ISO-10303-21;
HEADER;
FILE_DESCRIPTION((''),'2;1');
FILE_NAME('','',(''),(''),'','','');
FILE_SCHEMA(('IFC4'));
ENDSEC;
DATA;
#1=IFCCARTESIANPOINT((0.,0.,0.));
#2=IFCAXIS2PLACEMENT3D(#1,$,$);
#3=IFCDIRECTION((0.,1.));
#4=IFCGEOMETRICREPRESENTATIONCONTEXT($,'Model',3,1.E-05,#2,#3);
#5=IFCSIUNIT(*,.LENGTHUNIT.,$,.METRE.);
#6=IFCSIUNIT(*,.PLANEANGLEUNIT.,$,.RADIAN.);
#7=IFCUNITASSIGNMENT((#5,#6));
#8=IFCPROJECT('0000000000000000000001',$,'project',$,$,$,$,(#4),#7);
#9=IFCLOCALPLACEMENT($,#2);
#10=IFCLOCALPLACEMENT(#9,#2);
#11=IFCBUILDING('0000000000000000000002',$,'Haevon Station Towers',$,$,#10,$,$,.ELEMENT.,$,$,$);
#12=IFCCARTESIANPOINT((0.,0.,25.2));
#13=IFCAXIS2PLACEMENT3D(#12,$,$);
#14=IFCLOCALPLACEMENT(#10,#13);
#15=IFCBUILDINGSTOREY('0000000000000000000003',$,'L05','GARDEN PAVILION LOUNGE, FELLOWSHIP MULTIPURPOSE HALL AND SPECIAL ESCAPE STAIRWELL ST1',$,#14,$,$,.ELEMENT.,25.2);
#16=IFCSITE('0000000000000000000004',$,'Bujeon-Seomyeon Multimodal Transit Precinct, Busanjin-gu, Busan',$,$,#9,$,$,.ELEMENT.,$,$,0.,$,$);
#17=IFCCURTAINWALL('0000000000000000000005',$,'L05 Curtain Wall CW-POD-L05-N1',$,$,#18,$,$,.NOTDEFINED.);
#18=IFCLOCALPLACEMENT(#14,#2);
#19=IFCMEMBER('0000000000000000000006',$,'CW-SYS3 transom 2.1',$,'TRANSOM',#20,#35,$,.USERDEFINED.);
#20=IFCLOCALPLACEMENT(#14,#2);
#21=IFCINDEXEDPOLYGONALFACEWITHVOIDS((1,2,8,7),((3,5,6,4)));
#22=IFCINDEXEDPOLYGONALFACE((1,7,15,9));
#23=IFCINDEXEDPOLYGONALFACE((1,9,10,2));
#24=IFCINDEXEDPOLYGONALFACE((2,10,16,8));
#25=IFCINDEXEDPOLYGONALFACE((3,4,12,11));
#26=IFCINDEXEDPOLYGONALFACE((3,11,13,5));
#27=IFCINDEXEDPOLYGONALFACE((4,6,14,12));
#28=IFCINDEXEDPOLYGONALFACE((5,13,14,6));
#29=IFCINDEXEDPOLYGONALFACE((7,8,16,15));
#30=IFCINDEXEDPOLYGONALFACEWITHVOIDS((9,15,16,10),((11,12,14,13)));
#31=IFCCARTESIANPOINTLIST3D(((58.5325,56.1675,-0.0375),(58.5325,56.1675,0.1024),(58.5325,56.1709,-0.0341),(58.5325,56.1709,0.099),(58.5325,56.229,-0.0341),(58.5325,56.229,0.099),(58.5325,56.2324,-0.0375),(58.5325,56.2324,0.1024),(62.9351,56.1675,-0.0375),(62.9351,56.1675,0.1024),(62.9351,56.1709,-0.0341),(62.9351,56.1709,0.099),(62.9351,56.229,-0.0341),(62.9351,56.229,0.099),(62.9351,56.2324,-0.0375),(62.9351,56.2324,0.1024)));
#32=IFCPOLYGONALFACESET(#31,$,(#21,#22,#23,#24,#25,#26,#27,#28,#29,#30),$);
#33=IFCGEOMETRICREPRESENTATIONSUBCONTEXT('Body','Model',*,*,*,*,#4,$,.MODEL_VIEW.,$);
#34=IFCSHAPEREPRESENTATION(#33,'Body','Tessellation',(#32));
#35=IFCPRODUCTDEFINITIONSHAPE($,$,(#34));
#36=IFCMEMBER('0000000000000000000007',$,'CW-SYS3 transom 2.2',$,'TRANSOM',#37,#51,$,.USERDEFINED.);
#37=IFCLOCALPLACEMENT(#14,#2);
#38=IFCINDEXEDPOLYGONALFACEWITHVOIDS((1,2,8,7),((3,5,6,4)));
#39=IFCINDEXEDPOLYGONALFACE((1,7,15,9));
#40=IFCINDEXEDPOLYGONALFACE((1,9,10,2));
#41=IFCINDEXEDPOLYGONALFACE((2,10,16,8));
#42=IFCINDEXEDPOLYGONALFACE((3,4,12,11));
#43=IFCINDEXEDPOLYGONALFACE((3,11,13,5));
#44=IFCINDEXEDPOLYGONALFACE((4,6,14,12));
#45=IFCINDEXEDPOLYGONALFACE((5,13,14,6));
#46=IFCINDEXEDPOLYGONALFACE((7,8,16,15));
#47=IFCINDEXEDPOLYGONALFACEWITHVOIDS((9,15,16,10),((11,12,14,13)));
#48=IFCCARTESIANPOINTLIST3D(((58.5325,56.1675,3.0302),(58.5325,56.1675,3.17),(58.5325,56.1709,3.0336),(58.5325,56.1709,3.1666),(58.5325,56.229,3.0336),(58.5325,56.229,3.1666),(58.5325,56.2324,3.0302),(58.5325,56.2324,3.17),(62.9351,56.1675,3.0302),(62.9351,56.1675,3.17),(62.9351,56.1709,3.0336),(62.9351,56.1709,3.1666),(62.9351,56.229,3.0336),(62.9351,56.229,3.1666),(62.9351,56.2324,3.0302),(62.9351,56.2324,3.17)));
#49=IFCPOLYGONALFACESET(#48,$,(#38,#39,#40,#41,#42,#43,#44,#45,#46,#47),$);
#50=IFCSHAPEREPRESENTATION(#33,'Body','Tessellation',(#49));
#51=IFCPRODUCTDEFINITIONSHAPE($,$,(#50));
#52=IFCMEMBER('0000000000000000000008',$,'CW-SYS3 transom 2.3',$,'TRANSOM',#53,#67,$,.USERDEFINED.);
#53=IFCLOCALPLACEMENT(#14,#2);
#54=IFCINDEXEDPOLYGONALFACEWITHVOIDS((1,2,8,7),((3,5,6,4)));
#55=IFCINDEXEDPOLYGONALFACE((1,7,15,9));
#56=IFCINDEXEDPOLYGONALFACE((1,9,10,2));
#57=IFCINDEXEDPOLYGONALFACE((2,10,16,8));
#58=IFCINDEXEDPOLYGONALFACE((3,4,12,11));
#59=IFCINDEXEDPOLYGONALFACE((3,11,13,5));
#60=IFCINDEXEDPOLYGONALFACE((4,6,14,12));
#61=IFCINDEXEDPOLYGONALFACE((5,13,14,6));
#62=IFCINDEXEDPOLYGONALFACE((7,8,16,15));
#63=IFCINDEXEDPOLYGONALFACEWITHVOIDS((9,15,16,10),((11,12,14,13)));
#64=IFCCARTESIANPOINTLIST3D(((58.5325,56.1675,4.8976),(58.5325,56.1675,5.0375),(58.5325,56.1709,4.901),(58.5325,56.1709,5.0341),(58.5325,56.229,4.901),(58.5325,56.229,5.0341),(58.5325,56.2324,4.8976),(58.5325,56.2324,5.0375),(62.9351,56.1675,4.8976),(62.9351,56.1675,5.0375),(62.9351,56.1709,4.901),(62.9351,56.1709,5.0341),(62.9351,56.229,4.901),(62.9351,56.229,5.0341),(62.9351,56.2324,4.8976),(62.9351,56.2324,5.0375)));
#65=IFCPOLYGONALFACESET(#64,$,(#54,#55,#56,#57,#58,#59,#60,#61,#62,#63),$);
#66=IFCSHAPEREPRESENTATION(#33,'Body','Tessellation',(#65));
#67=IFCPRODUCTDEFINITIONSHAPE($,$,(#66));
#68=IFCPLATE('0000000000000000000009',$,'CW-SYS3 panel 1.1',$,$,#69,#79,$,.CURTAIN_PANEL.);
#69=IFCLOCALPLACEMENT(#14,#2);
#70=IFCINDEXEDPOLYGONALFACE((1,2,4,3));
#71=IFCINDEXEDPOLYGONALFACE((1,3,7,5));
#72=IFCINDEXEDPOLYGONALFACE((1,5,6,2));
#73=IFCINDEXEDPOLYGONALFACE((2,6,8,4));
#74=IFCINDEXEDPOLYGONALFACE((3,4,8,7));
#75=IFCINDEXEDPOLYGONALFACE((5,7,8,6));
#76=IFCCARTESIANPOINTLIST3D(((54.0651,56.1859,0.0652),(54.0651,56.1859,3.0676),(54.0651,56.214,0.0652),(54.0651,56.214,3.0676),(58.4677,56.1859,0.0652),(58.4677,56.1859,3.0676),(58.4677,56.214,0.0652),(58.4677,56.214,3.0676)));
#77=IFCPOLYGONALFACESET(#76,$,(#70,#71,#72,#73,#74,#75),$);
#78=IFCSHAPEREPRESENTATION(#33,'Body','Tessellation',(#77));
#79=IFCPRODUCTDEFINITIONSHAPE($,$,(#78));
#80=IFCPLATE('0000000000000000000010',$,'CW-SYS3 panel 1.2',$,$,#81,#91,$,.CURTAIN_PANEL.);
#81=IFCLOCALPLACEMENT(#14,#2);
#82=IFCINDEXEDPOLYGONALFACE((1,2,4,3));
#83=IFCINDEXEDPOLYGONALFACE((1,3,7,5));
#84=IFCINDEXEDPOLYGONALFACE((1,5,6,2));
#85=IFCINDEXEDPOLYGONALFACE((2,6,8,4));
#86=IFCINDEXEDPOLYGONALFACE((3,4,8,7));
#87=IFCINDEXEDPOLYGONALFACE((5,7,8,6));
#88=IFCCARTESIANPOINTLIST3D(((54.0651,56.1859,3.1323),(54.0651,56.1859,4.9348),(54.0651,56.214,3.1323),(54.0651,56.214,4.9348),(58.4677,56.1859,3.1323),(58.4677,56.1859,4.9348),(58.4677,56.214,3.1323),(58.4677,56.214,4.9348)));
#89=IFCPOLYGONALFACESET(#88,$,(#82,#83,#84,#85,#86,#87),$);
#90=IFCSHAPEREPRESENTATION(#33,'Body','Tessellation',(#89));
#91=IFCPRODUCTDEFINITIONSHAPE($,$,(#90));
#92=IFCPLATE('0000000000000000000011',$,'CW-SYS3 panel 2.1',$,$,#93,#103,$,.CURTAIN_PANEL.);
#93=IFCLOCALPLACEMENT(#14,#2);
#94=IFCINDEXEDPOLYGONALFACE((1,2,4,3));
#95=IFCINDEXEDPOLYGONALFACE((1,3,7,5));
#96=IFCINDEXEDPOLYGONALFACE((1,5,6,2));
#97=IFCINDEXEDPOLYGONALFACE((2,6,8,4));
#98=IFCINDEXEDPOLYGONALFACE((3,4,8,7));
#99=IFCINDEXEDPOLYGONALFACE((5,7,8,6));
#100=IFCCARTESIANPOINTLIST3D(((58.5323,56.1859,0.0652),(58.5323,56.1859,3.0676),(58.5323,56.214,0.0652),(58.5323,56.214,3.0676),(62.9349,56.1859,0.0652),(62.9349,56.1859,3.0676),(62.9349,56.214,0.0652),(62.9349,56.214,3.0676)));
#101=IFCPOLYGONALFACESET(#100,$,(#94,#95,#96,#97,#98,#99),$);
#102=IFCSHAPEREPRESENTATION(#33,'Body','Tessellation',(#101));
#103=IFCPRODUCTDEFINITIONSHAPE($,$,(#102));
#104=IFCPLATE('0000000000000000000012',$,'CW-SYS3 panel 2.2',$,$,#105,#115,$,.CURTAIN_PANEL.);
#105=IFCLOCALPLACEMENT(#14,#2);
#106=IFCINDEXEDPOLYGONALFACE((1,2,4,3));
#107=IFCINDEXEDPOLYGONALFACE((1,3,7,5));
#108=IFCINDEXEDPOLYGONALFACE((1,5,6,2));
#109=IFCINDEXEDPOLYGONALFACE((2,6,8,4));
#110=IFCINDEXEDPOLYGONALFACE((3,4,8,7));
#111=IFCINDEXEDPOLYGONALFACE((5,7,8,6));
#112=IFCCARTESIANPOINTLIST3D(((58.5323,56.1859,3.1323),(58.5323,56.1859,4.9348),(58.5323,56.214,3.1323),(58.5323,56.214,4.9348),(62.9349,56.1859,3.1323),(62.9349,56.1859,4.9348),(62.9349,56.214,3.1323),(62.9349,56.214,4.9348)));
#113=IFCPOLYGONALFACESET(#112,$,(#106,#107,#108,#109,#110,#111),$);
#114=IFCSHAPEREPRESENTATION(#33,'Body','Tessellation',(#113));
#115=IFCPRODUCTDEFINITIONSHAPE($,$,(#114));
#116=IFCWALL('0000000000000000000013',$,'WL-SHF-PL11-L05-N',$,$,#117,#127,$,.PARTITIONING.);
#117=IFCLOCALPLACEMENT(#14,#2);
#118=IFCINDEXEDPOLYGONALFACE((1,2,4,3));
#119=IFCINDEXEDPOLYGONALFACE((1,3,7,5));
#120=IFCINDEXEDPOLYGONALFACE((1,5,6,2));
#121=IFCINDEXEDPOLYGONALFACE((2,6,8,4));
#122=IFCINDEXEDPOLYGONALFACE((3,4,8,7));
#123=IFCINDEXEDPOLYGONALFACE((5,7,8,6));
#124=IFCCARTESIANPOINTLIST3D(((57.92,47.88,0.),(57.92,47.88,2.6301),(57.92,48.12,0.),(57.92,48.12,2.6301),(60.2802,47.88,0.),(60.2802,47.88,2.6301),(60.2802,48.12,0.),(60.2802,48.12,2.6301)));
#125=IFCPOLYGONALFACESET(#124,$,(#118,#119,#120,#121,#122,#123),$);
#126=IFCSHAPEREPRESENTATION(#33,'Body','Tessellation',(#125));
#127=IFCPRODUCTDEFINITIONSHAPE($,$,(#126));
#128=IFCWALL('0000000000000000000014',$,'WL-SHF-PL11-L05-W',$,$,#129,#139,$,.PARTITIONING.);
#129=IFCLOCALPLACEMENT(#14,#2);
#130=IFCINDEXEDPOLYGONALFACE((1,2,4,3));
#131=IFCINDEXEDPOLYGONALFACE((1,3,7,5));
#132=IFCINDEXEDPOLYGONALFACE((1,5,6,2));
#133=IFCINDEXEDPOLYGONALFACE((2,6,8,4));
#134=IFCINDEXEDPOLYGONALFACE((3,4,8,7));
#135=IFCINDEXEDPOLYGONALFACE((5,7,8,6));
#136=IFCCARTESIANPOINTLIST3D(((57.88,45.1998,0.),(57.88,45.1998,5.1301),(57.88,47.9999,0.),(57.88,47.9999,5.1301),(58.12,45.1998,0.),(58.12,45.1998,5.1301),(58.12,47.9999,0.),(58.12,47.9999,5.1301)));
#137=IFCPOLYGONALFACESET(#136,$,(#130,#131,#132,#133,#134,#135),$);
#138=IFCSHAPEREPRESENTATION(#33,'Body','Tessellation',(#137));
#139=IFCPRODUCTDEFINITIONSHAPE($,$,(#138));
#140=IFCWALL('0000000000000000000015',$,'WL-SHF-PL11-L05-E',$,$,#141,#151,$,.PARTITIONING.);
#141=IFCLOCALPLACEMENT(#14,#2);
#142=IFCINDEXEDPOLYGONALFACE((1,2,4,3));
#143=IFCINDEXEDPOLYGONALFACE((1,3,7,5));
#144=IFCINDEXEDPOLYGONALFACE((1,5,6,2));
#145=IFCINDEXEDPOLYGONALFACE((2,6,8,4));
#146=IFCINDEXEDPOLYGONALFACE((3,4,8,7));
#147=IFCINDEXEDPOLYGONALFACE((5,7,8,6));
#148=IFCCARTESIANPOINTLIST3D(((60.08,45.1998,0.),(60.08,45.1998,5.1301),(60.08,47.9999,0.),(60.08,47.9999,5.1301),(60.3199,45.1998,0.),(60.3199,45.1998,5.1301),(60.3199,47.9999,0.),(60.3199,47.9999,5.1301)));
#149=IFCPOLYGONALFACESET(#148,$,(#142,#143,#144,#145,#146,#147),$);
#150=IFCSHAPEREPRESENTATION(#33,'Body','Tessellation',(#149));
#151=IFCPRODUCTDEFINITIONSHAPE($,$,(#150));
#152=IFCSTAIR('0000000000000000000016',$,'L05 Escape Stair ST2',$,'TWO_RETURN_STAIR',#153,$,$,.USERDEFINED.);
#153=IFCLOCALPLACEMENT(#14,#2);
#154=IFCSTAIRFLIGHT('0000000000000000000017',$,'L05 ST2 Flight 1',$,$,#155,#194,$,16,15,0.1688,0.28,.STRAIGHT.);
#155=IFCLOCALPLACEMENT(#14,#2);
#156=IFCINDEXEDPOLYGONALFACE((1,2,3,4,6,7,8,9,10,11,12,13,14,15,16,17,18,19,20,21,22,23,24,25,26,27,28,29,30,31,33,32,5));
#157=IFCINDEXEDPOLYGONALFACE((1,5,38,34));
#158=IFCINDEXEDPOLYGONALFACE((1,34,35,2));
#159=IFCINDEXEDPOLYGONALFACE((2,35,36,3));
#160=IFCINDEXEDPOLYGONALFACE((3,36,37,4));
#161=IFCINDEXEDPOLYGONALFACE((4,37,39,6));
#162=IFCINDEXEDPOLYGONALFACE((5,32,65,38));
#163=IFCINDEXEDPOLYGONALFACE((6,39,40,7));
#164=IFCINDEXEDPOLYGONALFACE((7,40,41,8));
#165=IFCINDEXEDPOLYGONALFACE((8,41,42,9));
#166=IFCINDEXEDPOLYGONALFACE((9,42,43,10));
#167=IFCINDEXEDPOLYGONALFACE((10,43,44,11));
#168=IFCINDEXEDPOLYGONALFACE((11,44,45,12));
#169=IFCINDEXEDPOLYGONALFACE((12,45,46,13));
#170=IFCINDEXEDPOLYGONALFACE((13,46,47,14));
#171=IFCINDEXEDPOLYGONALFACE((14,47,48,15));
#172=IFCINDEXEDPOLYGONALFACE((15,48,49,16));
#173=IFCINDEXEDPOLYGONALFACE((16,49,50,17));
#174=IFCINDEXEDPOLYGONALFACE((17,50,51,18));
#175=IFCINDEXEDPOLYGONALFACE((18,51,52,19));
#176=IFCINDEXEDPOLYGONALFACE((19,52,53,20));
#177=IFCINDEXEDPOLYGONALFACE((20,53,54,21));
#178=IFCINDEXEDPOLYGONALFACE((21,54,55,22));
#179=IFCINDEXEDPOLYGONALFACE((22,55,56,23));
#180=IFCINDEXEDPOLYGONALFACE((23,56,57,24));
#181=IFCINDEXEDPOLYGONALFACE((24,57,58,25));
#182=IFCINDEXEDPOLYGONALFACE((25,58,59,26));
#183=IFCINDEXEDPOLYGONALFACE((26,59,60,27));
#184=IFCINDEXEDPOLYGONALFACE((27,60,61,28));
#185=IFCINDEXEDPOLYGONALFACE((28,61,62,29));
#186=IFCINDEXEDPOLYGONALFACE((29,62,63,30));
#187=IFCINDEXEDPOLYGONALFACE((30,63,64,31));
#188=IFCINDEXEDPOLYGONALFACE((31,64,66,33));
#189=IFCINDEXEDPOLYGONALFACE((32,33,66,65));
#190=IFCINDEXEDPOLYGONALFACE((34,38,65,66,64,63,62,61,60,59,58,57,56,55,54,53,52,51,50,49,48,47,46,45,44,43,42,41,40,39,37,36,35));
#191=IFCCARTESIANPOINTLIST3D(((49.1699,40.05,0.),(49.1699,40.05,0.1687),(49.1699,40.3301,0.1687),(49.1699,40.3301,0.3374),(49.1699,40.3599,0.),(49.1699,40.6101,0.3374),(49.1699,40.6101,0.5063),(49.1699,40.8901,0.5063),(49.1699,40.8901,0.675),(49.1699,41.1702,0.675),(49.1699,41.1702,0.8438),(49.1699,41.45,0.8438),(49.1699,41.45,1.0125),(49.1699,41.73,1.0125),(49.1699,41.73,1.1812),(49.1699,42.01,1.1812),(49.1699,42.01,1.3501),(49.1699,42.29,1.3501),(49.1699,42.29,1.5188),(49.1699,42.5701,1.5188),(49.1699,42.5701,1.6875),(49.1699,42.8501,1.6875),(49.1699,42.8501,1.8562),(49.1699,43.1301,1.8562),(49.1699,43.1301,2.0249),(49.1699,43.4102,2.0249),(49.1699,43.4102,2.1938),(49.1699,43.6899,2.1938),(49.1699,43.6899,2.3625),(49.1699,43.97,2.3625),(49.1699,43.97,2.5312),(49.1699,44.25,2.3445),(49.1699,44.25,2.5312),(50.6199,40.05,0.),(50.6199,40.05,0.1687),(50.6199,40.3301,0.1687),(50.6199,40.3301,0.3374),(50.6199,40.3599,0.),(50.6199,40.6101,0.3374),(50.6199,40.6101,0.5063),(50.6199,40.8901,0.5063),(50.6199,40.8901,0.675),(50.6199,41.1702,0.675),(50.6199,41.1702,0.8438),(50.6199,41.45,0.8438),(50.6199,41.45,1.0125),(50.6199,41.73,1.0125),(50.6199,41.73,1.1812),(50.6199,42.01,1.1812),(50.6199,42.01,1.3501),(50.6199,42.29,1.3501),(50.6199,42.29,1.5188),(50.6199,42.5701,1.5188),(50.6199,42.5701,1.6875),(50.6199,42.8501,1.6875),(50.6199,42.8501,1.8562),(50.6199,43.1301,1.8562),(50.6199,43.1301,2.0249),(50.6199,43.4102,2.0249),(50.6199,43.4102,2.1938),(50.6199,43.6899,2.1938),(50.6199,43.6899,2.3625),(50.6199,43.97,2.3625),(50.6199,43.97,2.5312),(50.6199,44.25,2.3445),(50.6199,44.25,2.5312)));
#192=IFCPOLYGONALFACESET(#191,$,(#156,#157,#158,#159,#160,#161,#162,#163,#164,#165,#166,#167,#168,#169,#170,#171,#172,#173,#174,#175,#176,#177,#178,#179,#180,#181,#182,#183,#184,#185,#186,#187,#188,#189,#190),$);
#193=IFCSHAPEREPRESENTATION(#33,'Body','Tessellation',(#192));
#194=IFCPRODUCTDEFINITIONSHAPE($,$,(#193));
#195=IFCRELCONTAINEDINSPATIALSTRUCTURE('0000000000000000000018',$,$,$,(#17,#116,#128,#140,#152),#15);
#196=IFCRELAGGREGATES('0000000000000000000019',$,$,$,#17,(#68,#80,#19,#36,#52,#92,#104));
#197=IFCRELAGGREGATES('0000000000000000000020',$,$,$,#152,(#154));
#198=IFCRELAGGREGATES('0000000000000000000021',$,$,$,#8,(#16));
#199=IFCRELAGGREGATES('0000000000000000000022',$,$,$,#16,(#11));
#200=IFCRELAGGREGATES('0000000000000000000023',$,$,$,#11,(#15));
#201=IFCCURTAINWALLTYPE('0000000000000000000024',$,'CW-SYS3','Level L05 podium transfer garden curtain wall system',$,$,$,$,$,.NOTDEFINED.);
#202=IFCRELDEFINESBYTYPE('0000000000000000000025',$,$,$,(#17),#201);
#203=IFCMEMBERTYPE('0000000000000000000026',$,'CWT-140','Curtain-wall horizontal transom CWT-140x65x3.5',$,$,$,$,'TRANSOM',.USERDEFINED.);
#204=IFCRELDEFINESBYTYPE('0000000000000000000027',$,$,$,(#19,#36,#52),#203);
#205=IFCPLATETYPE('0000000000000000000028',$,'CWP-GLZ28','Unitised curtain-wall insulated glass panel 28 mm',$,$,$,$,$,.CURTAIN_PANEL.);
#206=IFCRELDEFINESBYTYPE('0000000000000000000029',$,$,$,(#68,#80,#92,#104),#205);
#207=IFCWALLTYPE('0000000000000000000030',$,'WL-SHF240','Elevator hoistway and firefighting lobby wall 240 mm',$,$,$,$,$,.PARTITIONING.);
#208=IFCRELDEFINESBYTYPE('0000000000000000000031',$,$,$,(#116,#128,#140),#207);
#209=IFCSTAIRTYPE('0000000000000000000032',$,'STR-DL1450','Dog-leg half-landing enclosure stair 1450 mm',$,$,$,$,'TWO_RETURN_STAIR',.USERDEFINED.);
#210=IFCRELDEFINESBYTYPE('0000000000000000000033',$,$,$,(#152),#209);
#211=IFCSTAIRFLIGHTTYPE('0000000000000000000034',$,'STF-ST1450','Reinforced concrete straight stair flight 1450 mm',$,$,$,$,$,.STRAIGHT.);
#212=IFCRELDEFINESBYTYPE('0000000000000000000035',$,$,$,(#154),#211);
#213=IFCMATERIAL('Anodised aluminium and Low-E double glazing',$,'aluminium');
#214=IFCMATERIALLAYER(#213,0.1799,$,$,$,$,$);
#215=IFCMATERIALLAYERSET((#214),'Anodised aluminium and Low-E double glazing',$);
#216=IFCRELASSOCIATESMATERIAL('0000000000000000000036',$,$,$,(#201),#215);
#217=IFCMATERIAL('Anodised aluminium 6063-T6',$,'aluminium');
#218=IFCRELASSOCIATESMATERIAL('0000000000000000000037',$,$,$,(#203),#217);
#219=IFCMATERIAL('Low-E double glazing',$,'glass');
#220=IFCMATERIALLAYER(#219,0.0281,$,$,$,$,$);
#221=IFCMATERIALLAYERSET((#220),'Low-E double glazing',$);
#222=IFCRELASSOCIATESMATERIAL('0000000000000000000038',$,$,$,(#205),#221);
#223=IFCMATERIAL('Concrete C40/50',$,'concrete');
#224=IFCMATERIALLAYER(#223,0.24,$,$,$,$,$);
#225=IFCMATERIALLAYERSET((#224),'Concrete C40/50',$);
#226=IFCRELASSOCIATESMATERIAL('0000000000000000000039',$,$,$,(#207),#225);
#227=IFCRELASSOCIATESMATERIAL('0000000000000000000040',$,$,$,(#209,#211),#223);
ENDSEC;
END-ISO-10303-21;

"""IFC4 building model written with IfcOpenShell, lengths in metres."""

from ifc_helpers import new_model, si_unit, direction, frame, frame_2d, origin, origin_2d, place, context, subcontext, project, spatial, polyline, rectangle, hollow_rectangle, outline, extrude, material, layer, layer_set, material_profile, profile_set, type_object, element, aggregate, save


model = new_model("IFC4")

# Units and contexts
model_context = context("Model", 3, precision=1e-05, world=origin(), true_north=direction((0.0, 1.0)))
body_context = subcontext(model_context, "Body", "Model", "MODEL_VIEW")
ifc_project = project(units=[si_unit("LENGTHUNIT", "METRE"), si_unit("PLANEANGLEUNIT", "RADIAN")], contexts=[model_context])

# Site, building, storey
site_placement = place(None, origin())
site = spatial("IfcSite", under=ifc_project, at=site_placement, Name="Bujeon-Seomyeon Multimodal Transit Precinct, Busanjin-gu, Busan", CompositionType="ELEMENT", RefElevation=0.0)
building_placement = place(site_placement, origin())
building = spatial("IfcBuilding", under=site, at=building_placement, Name="Haevon Station Towers", CompositionType="ELEMENT")
storey_placement = place(building_placement, frame((0.0, 0.0, 25.2)))
storey = spatial("IfcBuildingStorey", under=building, at=storey_placement, Name="L05", Description="GARDEN PAVILION LOUNGE, FELLOWSHIP MULTIPURPOSE HALL AND SPECIAL ESCAPE STAIRWELL ST1", CompositionType="ELEMENT", Elevation=25.2)

# Curtain wall, members, plates
ifc_material_1 = material(Name="Anodised aluminium and Low-E double glazing", Category="aluminium")
ifc_layer_1 = layer(ifc_material_1, 0.1799)
ifc_layer_set_1 = layer_set([ifc_layer_1], Name="Anodised aluminium and Low-E double glazing")
curtain_wall_type = type_object("IfcCurtainWallType", Name="CW-SYS3", Description="Level L05 podium transfer garden curtain wall system", PredefinedType="NOTDEFINED", material=ifc_layer_set_1)
curtain_wall_placement = place(storey_placement, origin())
curtain_wall = element("IfcCurtainWall", 1, at=curtain_wall_placement, inside=storey, type_object=curtain_wall_type, Name="L05 Curtain Wall CW-POD-L05-N1", PredefinedType="NOTDEFINED")
ifc_material_2 = material(Name="Anodised aluminium 6063-T6", Category="aluminium")
ifc_material_profile_1 = material_profile(ifc_material_2, hollow_rectangle(XDim=0.0649, YDim=0.1399, WallThickness=0.0034, at=origin_2d()), Name="CWT-140x65x3.5")
ifc_profile_set_1 = profile_set([ifc_material_profile_1], Name="Anodised aluminium 6063-T6")
member_type_1 = type_object("IfcMemberType", Name="CWT-140", Description="Curtain-wall horizontal transom CWT-140x65x3.5", ElementType="TRANSOM", PredefinedType="USERDEFINED", material=ifc_profile_set_1)
member_1_placement = place(storey_placement, frame((58.5325, 56.2, 0.0325), z_axis=(1.0, 0.0, 0.0), x_axis=(0.0, 1.0, 0.0)))
member_1 = element("IfcMember", 2, at=member_1_placement, type_object=member_type_1, Name="CW-SYS3 transom 2.1", ObjectType="TRANSOM", PredefinedType="USERDEFINED", context=body_context, shape_type="SweptSolid", body=[
    extrude(hollow_rectangle(XDim=0.0649, YDim=0.1399, WallThickness=0.0034, at=origin_2d()), origin(), (0.0, 0.0, 1.0), 4.4026),
])
member_2_placement = place(storey_placement, frame((58.5325, 56.2, 3.1001), z_axis=(1.0, 0.0, 0.0), x_axis=(0.0, 1.0, 0.0)))
member_2 = element("IfcMember", 3, at=member_2_placement, type_object=member_type_1, Name="CW-SYS3 transom 2.2", ObjectType="TRANSOM", PredefinedType="USERDEFINED", context=body_context, shape_type="SweptSolid", body=[
    extrude(hollow_rectangle(XDim=0.0649, YDim=0.1399, WallThickness=0.0034, at=origin_2d()), origin(), (0.0, 0.0, 1.0), 4.4026),
])
member_3_placement = place(storey_placement, frame((58.5325, 56.2, 4.9675), z_axis=(1.0, 0.0, 0.0), x_axis=(0.0, 1.0, 0.0)))
member_3 = element("IfcMember", 4, at=member_3_placement, type_object=member_type_1, Name="CW-SYS3 transom 2.3", ObjectType="TRANSOM", PredefinedType="USERDEFINED", context=body_context, shape_type="SweptSolid", body=[
    extrude(hollow_rectangle(XDim=0.0649, YDim=0.1399, WallThickness=0.0034, at=origin_2d()), origin(), (0.0, 0.0, 1.0), 4.4026),
])
ifc_material_3 = material(Name="Low-E double glazing", Category="glass")
ifc_layer_2 = layer(ifc_material_3, 0.0281)
ifc_layer_set_2 = layer_set([ifc_layer_2], Name="Low-E double glazing")
plate_type = type_object("IfcPlateType", Name="CWP-GLZ28", Description="Unitised curtain-wall insulated glass panel 28 mm", PredefinedType="CURTAIN_PANEL", material=ifc_layer_set_2)
plate_1_placement = place(storey_placement, frame((56.2664, 56.2, 0.0652), z_axis=(0.0, 0.0, 1.0), x_axis=(1.0, 0.0, 0.0)))
plate_1 = element("IfcPlate", 5, at=plate_1_placement, type_object=plate_type, Name="CW-SYS3 panel 1.1", PredefinedType="CURTAIN_PANEL", context=body_context, shape_type="SweptSolid", body=[
    extrude(rectangle(XDim=4.4026, YDim=0.0281, at=origin_2d()), origin(), (0.0, 0.0, 1.0), 3.0024),
])
plate_2_placement = place(storey_placement, frame((56.2664, 56.2, 3.1323), z_axis=(0.0, 0.0, 1.0), x_axis=(1.0, 0.0, 0.0)))
plate_2 = element("IfcPlate", 6, at=plate_2_placement, type_object=plate_type, Name="CW-SYS3 panel 1.2", PredefinedType="CURTAIN_PANEL", context=body_context, shape_type="SweptSolid", body=[
    extrude(rectangle(XDim=4.4026, YDim=0.0281, at=origin_2d()), origin(), (0.0, 0.0, 1.0), 1.8025),
])
plate_3_placement = place(storey_placement, frame((60.7336, 56.2, 0.0652), z_axis=(0.0, 0.0, 1.0), x_axis=(1.0, 0.0, 0.0)))
plate_3 = element("IfcPlate", 7, at=plate_3_placement, type_object=plate_type, Name="CW-SYS3 panel 2.1", PredefinedType="CURTAIN_PANEL", context=body_context, shape_type="SweptSolid", body=[
    extrude(rectangle(XDim=4.4026, YDim=0.0281, at=origin_2d()), origin(), (0.0, 0.0, 1.0), 3.0024),
])
plate_4_placement = place(storey_placement, frame((60.7336, 56.2, 3.1323), z_axis=(0.0, 0.0, 1.0), x_axis=(1.0, 0.0, 0.0)))
plate_4 = element("IfcPlate", 8, at=plate_4_placement, type_object=plate_type, Name="CW-SYS3 panel 2.2", PredefinedType="CURTAIN_PANEL", context=body_context, shape_type="SweptSolid", body=[
    extrude(rectangle(XDim=4.4026, YDim=0.0281, at=origin_2d()), origin(), (0.0, 0.0, 1.0), 1.8025),
])
aggregate(curtain_wall, [plate_1, plate_2, member_1, member_2, member_3, plate_3, plate_4])

# Shared definitions
ifc_material_4 = material(Name="Concrete C40/50", Category="concrete")
ifc_layer_3 = layer(ifc_material_4, 0.24)
ifc_layer_set_3 = layer_set([ifc_layer_3], Name="Concrete C40/50")
wall_type = type_object("IfcWallType", Name="WL-SHF240", Description="Elevator hoistway and firefighting lobby wall 240 mm", PredefinedType="PARTITIONING", material=ifc_layer_set_3)

# Walls
wall_1_placement = place(storey_placement, frame((57.9199, 48.0, 0.0), z_axis=(0.0, 0.0, 1.0), x_axis=(1.0, 0.0, 0.0)))
element("IfcWall", 9, at=wall_1_placement, inside=storey, type_object=wall_type, Name="WL-SHF-PL11-L05-N", PredefinedType="PARTITIONING", context=body_context, shape_type="SweptSolid", body=[
    extrude(rectangle(XDim=2.3601, YDim=0.24, at=frame_2d((1.1802, 0.0))), origin(), (0.0, 0.0, 1.0), 2.6301),
])
for number, where, z_axis, x_axis, name in (
    (10, (58.0, 45.2, 0.0), (0.0, 0.0, 1.0), (0.0, 1.0, 0.0), "WL-SHF-PL11-L05-W"),
    (11, (60.2, 45.2, 0.0), (0.0, 0.0, 1.0), (0.0, 1.0, 0.0), "WL-SHF-PL11-L05-E"),
):
    element("IfcWall", number, at=place(storey_placement, frame(where, z_axis=z_axis, x_axis=x_axis)), inside=storey, type_object=wall_type, Name=name, PredefinedType="PARTITIONING", context=body_context, shape_type="SweptSolid", body=[
        extrude(rectangle(XDim=2.8, YDim=0.24, at=frame_2d((1.3999, 0.0))), origin(), (0.0, 0.0, 1.0), 5.1301),
    ])

# Stair, stair flight
stair_type = type_object("IfcStairType", Name="STR-DL1450", Description="Dog-leg half-landing enclosure stair 1450 mm", ElementType="TWO_RETURN_STAIR", PredefinedType="USERDEFINED", material=ifc_material_4)
stair_placement = place(storey_placement, origin())
stair = element("IfcStair", 12, at=stair_placement, inside=storey, type_object=stair_type, Name="L05 Escape Stair ST2", ObjectType="TWO_RETURN_STAIR", PredefinedType="USERDEFINED")
stair_flight_type = type_object("IfcStairFlightType", Name="STF-ST1450", Description="Reinforced concrete straight stair flight 1450 mm", PredefinedType="STRAIGHT", material=ifc_material_4)
stair_flight_placement = place(storey_placement, frame((49.895, 40.05, 0.0), z_axis=(0.0, 0.0, 1.0), x_axis=(0.0, 1.0, 0.0)))
stair_flight = element("IfcStairFlight", 13, at=stair_flight_placement, type_object=stair_flight_type, Name="L05 ST2 Flight 1", NumberOfRisers=16, NumberOfTreads=15, PredefinedType="STRAIGHT", RiserHeight=0.1688, TreadLength=0.28, context=body_context, shape_type="SweptSolid", body=[
    extrude(outline(polyline([(0.0, 0.0), (0.0, 0.1687), (0.28, 0.1687), (0.28, 0.3374), (0.5601, 0.3374), (0.5601, 0.5063), (0.8401, 0.5063), (0.8401, 0.675), (1.1201, 0.675), (1.1201, 0.8438), (1.3999, 0.8438), (1.3999, 1.0125), (1.6799, 1.0125), (1.6799, 1.1812), (1.96, 1.1812), (1.96, 1.3501), (2.24, 1.3501), (2.24, 1.5188), (2.52, 1.5188), (2.52, 1.6875), (2.8, 1.6875), (2.8, 1.8562), (3.0801, 1.8562), (3.0801, 2.0249), (3.3601, 2.0249), (3.3601, 2.1938), (3.6399, 2.1938), (3.6399, 2.3625), (3.9199, 2.3625), (3.9199, 2.5312), (4.2, 2.5312), (4.2, 2.7), (4.2, 2.3445), (0.3098, 0.0), (0.0, 0.0)])), frame((0.0, 0.7251, 0.0), z_axis=(0.0, -1.0, 0.0), x_axis=(1.0, 0.0, 0.0)), (0.0, 0.0, 1.0), 1.45),
])
aggregate(stair, [stair_flight])

save(model, "model.ifc")
